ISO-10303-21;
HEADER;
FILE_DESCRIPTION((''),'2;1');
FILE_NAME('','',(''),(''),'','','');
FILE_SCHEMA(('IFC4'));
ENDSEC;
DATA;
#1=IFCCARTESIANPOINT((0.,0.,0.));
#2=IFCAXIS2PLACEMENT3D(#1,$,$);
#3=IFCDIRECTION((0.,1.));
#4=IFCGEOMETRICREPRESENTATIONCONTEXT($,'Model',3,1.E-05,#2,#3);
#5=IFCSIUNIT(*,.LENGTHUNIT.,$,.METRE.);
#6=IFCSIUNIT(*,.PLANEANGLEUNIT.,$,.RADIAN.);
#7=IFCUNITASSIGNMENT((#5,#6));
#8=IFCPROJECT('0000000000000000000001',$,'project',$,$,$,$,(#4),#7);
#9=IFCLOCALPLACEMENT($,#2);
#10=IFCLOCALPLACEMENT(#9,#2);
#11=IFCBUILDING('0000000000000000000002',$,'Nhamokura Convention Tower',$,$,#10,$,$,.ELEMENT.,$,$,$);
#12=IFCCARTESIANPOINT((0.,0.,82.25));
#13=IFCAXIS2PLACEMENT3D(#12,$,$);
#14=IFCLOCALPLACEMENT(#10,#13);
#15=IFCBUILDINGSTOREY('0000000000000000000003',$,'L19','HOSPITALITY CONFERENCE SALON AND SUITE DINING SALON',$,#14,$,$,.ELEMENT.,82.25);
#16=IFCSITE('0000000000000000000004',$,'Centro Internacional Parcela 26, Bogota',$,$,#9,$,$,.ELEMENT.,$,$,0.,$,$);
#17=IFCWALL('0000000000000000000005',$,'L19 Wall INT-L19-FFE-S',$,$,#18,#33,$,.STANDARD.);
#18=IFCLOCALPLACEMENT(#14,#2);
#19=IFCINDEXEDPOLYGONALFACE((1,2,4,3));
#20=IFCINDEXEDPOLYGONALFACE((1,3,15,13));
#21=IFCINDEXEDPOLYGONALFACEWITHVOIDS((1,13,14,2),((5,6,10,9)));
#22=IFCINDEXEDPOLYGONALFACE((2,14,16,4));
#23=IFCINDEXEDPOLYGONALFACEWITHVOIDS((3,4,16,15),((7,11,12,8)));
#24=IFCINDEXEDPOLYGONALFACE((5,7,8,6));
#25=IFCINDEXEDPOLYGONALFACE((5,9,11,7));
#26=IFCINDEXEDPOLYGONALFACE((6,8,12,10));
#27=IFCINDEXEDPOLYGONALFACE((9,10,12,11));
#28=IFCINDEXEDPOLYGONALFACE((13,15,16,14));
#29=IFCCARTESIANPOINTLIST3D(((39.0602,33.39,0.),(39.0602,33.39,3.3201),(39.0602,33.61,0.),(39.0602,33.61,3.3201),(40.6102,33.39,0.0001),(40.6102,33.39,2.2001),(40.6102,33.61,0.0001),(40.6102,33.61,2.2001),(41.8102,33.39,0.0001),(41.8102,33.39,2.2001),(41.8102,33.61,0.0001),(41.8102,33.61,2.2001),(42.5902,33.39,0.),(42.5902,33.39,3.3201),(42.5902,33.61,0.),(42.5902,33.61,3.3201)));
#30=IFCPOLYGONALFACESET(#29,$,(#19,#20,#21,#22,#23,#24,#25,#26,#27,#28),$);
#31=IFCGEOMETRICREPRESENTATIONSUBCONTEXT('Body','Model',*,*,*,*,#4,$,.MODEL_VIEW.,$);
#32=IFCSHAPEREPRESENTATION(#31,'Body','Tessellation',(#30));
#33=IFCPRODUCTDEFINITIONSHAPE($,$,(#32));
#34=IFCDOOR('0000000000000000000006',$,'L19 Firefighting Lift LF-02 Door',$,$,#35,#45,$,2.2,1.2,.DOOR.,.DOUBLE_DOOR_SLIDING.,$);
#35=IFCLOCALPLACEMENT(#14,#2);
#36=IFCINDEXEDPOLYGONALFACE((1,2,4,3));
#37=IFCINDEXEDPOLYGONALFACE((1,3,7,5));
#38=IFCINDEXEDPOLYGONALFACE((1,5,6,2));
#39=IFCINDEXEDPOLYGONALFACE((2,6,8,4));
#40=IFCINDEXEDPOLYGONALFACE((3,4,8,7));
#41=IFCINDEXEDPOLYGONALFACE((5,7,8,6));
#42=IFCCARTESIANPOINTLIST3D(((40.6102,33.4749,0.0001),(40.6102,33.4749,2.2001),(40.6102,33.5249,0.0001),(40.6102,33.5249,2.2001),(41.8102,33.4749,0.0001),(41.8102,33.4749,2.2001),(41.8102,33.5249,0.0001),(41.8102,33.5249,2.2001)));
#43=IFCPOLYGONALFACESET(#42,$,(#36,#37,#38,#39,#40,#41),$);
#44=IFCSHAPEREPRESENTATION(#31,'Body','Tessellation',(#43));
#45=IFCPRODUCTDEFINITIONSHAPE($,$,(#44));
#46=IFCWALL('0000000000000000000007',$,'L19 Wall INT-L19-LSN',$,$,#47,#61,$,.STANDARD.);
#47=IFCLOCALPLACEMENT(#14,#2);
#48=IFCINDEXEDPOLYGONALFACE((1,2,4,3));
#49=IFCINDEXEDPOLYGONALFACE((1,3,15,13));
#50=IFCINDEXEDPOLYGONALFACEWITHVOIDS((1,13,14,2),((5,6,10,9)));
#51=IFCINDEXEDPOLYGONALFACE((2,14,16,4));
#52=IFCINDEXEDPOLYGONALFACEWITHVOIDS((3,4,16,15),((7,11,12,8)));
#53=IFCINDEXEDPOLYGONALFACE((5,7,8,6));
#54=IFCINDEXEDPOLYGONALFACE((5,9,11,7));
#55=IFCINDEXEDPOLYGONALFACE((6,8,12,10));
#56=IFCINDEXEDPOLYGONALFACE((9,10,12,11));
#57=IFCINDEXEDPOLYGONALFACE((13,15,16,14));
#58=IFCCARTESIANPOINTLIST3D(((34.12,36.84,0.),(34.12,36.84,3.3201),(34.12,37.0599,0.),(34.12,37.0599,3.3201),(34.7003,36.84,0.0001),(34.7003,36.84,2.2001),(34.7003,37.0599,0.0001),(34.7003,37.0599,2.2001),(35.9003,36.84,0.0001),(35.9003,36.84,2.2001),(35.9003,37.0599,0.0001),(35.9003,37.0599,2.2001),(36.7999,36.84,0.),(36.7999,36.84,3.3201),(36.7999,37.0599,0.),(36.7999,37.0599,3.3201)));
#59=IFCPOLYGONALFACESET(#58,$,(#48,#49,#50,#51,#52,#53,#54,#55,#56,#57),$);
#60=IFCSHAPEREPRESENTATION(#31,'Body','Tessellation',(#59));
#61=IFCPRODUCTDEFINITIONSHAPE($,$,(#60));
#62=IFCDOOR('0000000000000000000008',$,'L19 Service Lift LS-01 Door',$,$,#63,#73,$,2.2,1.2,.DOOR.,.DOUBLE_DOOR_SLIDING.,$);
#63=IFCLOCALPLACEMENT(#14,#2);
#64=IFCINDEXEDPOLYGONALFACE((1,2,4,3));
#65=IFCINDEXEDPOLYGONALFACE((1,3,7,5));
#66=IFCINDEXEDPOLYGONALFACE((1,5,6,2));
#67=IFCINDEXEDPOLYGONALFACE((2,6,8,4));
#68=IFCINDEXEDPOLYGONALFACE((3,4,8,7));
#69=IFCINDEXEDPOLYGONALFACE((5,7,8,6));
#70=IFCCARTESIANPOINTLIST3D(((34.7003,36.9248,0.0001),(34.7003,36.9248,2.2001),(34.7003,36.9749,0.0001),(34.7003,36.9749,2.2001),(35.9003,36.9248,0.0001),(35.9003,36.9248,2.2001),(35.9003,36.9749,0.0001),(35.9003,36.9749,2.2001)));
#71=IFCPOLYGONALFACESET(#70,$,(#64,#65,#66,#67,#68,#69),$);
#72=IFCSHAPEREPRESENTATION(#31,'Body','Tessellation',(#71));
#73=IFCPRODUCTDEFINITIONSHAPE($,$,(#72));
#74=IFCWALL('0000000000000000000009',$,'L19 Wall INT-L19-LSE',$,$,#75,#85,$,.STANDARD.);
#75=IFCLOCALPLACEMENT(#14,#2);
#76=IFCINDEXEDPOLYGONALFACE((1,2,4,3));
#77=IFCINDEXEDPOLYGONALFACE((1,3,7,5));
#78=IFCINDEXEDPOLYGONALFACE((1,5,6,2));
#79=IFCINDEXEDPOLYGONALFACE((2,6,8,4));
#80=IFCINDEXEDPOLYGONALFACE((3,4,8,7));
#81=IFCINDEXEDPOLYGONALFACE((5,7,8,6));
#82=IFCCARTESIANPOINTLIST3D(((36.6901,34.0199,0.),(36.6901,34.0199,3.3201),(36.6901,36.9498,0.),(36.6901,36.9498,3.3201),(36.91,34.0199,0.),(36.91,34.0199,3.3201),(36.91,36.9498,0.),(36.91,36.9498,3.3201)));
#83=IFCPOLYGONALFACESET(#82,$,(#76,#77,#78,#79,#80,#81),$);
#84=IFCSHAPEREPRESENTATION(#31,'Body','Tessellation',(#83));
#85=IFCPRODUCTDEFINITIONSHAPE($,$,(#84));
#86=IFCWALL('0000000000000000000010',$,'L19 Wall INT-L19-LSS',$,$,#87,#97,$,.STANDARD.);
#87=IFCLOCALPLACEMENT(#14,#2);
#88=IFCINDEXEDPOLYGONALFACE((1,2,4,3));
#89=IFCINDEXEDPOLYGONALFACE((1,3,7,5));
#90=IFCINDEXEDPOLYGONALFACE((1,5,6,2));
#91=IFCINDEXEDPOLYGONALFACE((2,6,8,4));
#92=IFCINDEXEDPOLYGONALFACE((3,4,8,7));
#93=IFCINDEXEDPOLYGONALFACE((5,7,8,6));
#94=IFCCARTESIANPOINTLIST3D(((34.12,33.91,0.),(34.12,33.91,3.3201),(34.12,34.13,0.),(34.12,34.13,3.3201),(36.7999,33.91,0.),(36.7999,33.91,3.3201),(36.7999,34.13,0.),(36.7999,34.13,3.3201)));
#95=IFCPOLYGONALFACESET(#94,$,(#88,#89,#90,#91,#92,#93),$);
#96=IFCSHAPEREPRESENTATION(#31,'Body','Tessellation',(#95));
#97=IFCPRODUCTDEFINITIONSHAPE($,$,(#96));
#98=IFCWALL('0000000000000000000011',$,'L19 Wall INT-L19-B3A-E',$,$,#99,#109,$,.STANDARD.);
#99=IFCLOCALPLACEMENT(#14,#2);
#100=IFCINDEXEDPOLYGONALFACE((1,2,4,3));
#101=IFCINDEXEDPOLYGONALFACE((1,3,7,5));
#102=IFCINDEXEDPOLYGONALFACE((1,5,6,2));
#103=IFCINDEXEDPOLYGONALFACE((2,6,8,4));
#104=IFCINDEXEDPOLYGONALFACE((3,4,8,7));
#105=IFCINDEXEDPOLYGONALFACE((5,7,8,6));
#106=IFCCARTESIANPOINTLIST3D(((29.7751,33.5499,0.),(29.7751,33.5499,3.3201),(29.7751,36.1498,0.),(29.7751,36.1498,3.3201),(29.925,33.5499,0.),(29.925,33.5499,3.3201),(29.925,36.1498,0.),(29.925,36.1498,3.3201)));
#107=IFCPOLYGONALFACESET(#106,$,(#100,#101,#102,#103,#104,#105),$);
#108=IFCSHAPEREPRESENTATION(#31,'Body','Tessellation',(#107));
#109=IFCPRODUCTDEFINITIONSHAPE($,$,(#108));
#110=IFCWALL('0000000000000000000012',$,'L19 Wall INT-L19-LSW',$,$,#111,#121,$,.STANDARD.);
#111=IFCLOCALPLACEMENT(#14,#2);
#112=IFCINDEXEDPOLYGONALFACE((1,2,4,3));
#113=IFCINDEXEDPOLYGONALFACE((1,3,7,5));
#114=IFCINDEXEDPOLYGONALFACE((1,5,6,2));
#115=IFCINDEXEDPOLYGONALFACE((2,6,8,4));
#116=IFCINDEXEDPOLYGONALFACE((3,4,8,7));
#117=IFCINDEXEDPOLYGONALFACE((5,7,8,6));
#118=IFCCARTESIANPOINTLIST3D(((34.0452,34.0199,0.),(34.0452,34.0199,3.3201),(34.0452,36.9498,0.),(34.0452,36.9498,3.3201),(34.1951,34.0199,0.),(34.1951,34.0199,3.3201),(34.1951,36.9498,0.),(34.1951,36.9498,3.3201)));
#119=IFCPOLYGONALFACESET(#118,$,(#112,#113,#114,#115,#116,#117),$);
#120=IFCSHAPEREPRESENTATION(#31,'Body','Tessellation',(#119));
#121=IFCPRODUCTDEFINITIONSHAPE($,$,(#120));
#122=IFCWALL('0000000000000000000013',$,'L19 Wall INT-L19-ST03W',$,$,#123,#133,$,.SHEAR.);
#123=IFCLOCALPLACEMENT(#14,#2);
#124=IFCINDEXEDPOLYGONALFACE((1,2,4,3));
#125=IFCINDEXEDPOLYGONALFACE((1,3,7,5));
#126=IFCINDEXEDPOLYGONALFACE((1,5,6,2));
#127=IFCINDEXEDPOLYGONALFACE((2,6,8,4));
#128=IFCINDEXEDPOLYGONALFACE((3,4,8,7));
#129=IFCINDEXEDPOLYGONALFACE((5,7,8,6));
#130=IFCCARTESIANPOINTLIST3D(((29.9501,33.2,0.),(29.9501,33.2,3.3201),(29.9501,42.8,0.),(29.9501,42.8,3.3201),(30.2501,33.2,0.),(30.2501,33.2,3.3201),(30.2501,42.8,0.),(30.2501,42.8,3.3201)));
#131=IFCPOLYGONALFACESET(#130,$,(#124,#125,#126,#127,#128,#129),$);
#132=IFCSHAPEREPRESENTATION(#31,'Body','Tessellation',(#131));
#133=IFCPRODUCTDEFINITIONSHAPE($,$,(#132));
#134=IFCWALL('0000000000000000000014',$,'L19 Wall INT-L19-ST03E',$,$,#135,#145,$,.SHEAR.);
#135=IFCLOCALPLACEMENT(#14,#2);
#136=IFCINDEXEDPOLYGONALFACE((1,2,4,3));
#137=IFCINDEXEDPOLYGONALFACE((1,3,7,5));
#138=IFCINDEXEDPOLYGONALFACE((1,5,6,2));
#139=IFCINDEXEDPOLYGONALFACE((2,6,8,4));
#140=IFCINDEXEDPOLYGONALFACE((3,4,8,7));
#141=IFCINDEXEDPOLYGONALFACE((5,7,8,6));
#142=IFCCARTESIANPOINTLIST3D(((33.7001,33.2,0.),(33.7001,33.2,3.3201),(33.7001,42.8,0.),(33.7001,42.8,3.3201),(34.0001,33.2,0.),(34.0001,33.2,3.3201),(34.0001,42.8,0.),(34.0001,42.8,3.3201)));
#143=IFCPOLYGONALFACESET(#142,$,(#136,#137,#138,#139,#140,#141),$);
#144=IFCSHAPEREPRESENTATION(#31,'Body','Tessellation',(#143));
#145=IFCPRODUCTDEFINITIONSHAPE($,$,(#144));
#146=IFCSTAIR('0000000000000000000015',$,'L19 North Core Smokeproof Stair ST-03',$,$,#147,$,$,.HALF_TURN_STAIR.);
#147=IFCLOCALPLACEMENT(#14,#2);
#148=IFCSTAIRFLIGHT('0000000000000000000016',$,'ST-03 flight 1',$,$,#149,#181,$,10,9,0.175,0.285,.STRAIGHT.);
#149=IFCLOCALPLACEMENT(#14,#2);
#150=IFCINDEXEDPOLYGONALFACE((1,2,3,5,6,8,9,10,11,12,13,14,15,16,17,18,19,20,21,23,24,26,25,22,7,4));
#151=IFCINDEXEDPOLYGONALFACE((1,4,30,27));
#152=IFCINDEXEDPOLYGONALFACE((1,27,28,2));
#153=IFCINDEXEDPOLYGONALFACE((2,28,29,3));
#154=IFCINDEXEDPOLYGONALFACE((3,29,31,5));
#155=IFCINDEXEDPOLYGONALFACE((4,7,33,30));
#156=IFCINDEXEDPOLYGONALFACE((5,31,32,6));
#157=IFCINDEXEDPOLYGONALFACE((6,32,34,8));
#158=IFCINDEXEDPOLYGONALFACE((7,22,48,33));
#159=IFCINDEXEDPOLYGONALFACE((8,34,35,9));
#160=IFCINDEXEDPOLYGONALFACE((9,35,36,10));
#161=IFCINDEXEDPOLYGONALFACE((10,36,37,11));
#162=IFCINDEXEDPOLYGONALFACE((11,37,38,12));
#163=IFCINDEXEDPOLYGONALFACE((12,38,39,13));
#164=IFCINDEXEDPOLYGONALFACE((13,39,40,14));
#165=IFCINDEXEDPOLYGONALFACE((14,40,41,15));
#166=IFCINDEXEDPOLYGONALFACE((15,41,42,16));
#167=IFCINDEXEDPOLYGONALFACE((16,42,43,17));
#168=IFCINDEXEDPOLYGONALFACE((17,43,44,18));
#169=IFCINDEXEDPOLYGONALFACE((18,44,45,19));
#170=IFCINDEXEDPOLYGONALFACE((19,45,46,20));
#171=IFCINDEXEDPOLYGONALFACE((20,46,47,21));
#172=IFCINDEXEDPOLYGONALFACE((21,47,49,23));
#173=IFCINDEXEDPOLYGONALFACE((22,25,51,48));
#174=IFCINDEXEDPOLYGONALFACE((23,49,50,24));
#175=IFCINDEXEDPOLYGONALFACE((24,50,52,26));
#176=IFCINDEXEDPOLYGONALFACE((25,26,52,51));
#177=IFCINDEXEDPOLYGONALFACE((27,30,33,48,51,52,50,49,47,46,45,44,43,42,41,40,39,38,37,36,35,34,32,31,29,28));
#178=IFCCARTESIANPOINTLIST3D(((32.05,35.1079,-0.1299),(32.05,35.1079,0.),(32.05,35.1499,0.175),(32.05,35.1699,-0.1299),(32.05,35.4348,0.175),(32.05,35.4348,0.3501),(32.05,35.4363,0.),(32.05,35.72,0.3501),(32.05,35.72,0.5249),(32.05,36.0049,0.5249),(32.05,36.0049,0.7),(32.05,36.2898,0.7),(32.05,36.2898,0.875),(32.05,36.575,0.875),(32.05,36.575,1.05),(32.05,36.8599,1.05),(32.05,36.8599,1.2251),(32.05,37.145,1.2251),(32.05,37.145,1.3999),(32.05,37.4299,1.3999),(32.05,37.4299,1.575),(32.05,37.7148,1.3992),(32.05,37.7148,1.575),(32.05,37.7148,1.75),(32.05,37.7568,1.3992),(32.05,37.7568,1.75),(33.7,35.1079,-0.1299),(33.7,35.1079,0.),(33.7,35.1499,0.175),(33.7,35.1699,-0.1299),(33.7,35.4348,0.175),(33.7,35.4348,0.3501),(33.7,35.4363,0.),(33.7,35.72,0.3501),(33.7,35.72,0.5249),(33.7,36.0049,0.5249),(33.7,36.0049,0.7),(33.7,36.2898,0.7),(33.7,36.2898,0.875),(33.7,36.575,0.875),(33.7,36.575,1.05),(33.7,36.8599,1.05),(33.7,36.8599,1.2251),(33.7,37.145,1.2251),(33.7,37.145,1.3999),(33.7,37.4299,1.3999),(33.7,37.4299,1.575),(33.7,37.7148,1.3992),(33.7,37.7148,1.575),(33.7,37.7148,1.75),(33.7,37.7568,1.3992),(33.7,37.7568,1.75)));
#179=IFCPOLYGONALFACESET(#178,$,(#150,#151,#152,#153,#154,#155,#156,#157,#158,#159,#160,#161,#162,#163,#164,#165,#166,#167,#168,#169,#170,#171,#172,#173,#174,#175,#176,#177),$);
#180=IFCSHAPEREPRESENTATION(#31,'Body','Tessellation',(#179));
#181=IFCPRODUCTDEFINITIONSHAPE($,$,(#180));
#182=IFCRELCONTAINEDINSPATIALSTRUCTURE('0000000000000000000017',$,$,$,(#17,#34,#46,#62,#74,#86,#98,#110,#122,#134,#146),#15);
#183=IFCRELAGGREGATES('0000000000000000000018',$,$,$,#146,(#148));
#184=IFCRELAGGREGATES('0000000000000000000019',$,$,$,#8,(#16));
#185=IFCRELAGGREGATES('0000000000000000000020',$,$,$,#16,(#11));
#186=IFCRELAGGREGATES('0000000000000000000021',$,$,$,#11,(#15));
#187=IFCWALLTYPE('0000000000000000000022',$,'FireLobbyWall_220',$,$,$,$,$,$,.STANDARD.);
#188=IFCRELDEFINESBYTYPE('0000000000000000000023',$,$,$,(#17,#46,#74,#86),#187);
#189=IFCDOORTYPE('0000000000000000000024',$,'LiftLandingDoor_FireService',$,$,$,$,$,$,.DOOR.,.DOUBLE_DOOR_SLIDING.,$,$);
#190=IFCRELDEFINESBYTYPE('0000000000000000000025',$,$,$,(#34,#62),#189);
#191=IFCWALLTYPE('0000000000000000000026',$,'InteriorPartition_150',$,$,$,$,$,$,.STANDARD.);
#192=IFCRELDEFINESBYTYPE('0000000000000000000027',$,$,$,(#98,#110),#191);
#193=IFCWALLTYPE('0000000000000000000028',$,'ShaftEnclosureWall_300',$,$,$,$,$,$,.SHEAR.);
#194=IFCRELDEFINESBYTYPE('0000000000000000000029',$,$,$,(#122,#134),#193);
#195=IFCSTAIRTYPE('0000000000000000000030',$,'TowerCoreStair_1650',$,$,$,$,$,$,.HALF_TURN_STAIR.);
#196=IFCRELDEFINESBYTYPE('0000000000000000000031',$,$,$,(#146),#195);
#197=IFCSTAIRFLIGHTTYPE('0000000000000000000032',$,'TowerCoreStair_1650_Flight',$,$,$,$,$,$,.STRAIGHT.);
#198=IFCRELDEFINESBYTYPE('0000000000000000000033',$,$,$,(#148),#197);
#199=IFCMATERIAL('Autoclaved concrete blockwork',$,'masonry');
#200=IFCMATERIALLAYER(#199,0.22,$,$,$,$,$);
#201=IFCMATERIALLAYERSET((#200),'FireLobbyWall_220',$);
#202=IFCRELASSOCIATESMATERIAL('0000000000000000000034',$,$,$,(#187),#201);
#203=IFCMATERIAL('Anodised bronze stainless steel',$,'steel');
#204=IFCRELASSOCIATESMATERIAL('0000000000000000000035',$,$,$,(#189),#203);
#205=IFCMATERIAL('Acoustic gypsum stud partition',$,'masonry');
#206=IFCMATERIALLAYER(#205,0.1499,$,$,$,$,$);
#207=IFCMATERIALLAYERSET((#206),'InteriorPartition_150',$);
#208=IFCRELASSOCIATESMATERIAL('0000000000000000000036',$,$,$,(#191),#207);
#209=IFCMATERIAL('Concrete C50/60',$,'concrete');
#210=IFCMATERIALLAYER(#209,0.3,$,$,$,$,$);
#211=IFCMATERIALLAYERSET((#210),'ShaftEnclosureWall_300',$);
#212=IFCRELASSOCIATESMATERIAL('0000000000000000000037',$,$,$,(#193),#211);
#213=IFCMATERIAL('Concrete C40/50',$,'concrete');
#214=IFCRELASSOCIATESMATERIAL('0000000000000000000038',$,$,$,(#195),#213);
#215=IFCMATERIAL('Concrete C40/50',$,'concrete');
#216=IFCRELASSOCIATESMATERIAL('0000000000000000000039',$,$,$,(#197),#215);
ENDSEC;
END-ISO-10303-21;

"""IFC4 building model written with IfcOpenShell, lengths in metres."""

from ifc_helpers import new_model, si_unit, direction, frame, frame_2d, origin, place, context, subcontext, project, spatial, polyline, rectangle, outline, extrude, material, layer, layer_set, type_object, element, fill, aggregate, save


model = new_model("IFC4")

# Units and contexts
model_context = context("Model", 3, precision=1e-05, world=origin(), true_north=direction((0.0, 1.0)))
body_context = subcontext(model_context, "Body", "Model", "MODEL_VIEW")
ifc_project = project(units=[si_unit("LENGTHUNIT", "METRE"), si_unit("PLANEANGLEUNIT", "RADIAN")], contexts=[model_context])

# Site, building, storey
site_placement = place(None, origin())
site = spatial("IfcSite", under=ifc_project, at=site_placement, Name="Centro Internacional Parcela 26, Bogota", CompositionType="ELEMENT", RefElevation=0.0)
building_placement = place(site_placement, origin())
building = spatial("IfcBuilding", under=site, at=building_placement, Name="Nhamokura Convention Tower", CompositionType="ELEMENT")
storey_placement = place(building_placement, frame((0.0, 0.0, 82.25)))
storey = spatial("IfcBuildingStorey", under=building, at=storey_placement, Name="L19", Description="HOSPITALITY CONFERENCE SALON AND SUITE DINING SALON", CompositionType="ELEMENT", Elevation=82.25)

# Walls, openings, doors
ifc_material_1 = material(Name="Autoclaved concrete blockwork", Category="masonry")
ifc_layer_1 = layer(ifc_material_1, 0.22)
ifc_layer_set_1 = layer_set([ifc_layer_1], Name="FireLobbyWall_220")
wall_type_1 = type_object("IfcWallType", Name="FireLobbyWall_220", PredefinedType="STANDARD", material=ifc_layer_set_1)
wall_1_placement = place(storey_placement, frame((39.0601, 33.5, 0.0), z_axis=(0.0, 0.0, 1.0), x_axis=(1.0, 0.0, 0.0)))
wall_1 = element("IfcWall", 1, at=wall_1_placement, inside=storey, type_object=wall_type_1, Name="L19 Wall INT-L19-FFE-S", PredefinedType="STANDARD", context=body_context, shape_type="SweptSolid", body=[
    extrude(rectangle(XDim=3.53, YDim=0.22, at=frame_2d((1.7651, 0.0))), origin(), (0.0, 0.0, 1.0), 3.3201),
])
opening_1_placement = place(wall_1_placement, frame((1.55, 0.0, 0.0)))
opening_1 = element("IfcOpeningElement", 2, at=opening_1_placement, cuts=wall_1, PredefinedType="OPENING", context=body_context, shape_type="SweptSolid", body=[
    extrude(rectangle(XDim=1.2, YDim=2.2, at=frame_2d((0.6001, 1.1001))), frame((0.0, 0.1199, 0.0), z_axis=(0.0, -1.0, 0.0), x_axis=(1.0, 0.0, 0.0)), (0.0, 0.0, 1.0), 0.24),
])
ifc_material_2 = material(Name="Anodised bronze stainless steel", Category="steel")
door_type_1 = type_object("IfcDoorType", Name="LiftLandingDoor_FireService", OperationType="DOUBLE_DOOR_SLIDING", PredefinedType="DOOR", material=ifc_material_2)
door_1_placement = place(opening_1_placement, origin())
door_1 = element("IfcDoor", 3, at=door_1_placement, inside=storey, type_object=door_type_1, Name="L19 Firefighting Lift LF-02 Door", OperationType="DOUBLE_DOOR_SLIDING", OverallHeight=2.2, OverallWidth=1.2, PredefinedType="DOOR", context=body_context, shape_type="SweptSolid", body=[
    extrude(rectangle(XDim=1.2, YDim=2.2, at=frame_2d((0.6001, 1.1001))), frame((0.0, 0.0249, 0.0), z_axis=(0.0, -1.0, 0.0), x_axis=(1.0, 0.0, 0.0)), (0.0, 0.0, 1.0), 0.05),
])
fill(opening_1, door_1)
wall_2_placement = place(storey_placement, frame((34.1201, 36.95, 0.0), z_axis=(0.0, 0.0, 1.0), x_axis=(1.0, 0.0, 0.0)))
wall_2 = element("IfcWall", 4, at=wall_2_placement, inside=storey, type_object=wall_type_1, Name="L19 Wall INT-L19-LSN", PredefinedType="STANDARD", context=body_context, shape_type="SweptSolid", body=[
    extrude(rectangle(XDim=2.6799, YDim=0.22, at=frame_2d((1.3398, 0.0))), origin(), (0.0, 0.0, 1.0), 3.3201),
])
opening_2_placement = place(wall_2_placement, frame((0.5801, 0.0, 0.0)))
opening_2 = element("IfcOpeningElement", 5, at=opening_2_placement, cuts=wall_2, PredefinedType="OPENING", context=body_context, shape_type="SweptSolid", body=[
    extrude(rectangle(XDim=1.2, YDim=2.2, at=frame_2d((0.6001, 1.1001))), frame((0.0, 0.1199, 0.0), z_axis=(0.0, -1.0, 0.0), x_axis=(1.0, 0.0, 0.0)), (0.0, 0.0, 1.0), 0.24),
])
door_2_placement = place(opening_2_placement, origin())
door_2 = element("IfcDoor", 6, at=door_2_placement, inside=storey, type_object=door_type_1, Name="L19 Service Lift LS-01 Door", OperationType="DOUBLE_DOOR_SLIDING", OverallHeight=2.2, OverallWidth=1.2, PredefinedType="DOOR", context=body_context, shape_type="SweptSolid", body=[
    extrude(rectangle(XDim=1.2, YDim=2.2, at=frame_2d((0.6001, 1.1001))), frame((0.0, 0.0249, 0.0), z_axis=(0.0, -1.0, 0.0), x_axis=(1.0, 0.0, 0.0)), (0.0, 0.0, 1.0), 0.05),
])
fill(opening_2, door_2)

# Walls
wall_3_placement = place(storey_placement, frame((36.8, 34.02, 0.0), z_axis=(0.0, 0.0, 1.0), x_axis=(0.0, 1.0, 0.0)))
element("IfcWall", 7, at=wall_3_placement, inside=storey, type_object=wall_type_1, Name="L19 Wall INT-L19-LSE", PredefinedType="STANDARD", context=body_context, shape_type="SweptSolid", body=[
    extrude(rectangle(XDim=2.9299, YDim=0.22, at=frame_2d((1.4648, 0.0))), origin(), (0.0, 0.0, 1.0), 3.3201),
])
wall_4_placement = place(storey_placement, frame((34.1201, 34.02, 0.0), z_axis=(0.0, 0.0, 1.0), x_axis=(1.0, 0.0, 0.0)))
element("IfcWall", 8, at=wall_4_placement, inside=storey, type_object=wall_type_1, Name="L19 Wall INT-L19-LSS", PredefinedType="STANDARD", context=body_context, shape_type="SweptSolid", body=[
    extrude(rectangle(XDim=2.6799, YDim=0.22, at=frame_2d((1.3398, 0.0))), origin(), (0.0, 0.0, 1.0), 3.3201),
])
ifc_material_3 = material(Name="Acoustic gypsum stud partition", Category="masonry")
ifc_layer_2 = layer(ifc_material_3, 0.1499)
ifc_layer_set_2 = layer_set([ifc_layer_2], Name="InteriorPartition_150")
wall_type_2 = type_object("IfcWallType", Name="InteriorPartition_150", PredefinedType="STANDARD", material=ifc_layer_set_2)
wall_5_placement = place(storey_placement, frame((29.8501, 33.55, 0.0), z_axis=(0.0, 0.0, 1.0), x_axis=(0.0, 1.0, 0.0)))
element("IfcWall", 9, at=wall_5_placement, inside=storey, type_object=wall_type_2, Name="L19 Wall INT-L19-B3A-E", PredefinedType="STANDARD", context=body_context, shape_type="SweptSolid", body=[
    extrude(rectangle(XDim=2.5999, YDim=0.1499, at=frame_2d((1.2998, 0.0))), origin(), (0.0, 0.0, 1.0), 3.3201),
])
wall_6_placement = place(storey_placement, frame((34.1201, 34.02, 0.0), z_axis=(0.0, 0.0, 1.0), x_axis=(0.0, 1.0, 0.0)))
element("IfcWall", 10, at=wall_6_placement, inside=storey, type_object=wall_type_2, Name="L19 Wall INT-L19-LSW", PredefinedType="STANDARD", context=body_context, shape_type="SweptSolid", body=[
    extrude(rectangle(XDim=2.9299, YDim=0.1499, at=frame_2d((1.4648, 0.0))), origin(), (0.0, 0.0, 1.0), 3.3201),
])
ifc_material_4 = material(Name="Concrete C50/60", Category="concrete")
ifc_layer_3 = layer(ifc_material_4, 0.3)
ifc_layer_set_3 = layer_set([ifc_layer_3], Name="ShaftEnclosureWall_300")
wall_type_3 = type_object("IfcWallType", Name="ShaftEnclosureWall_300", PredefinedType="SHEAR", material=ifc_layer_set_3)
for number, where, z_axis, x_axis, name in (
    (11, (30.1001, 33.2, 0.0), (0.0, 0.0, 1.0), (0.0, 1.0, 0.0), "L19 Wall INT-L19-ST03W"),
    (12, (33.8501, 33.2, 0.0), (0.0, 0.0, 1.0), (0.0, 1.0, 0.0), "L19 Wall INT-L19-ST03E"),
):
    element("IfcWall", number, at=place(storey_placement, frame(where, z_axis=z_axis, x_axis=x_axis)), inside=storey, type_object=wall_type_3, Name=name, PredefinedType="SHEAR", context=body_context, shape_type="SweptSolid", body=[
        extrude(rectangle(XDim=9.6001, YDim=0.3, at=frame_2d((4.8, 0.0))), origin(), (0.0, 0.0, 1.0), 3.3201),
    ])

# Stair, stair flight
ifc_material_5 = material(Name="Concrete C40/50", Category="concrete")
stair_type = type_object("IfcStairType", Name="TowerCoreStair_1650", PredefinedType="HALF_TURN_STAIR", material=ifc_material_5)
stair_placement = place(storey_placement, origin())
stair = element("IfcStair", 13, at=stair_placement, inside=storey, type_object=stair_type, Name="L19 North Core Smokeproof Stair ST-03", PredefinedType="HALF_TURN_STAIR")
ifc_material_6 = material(Name="Concrete C40/50", Category="concrete")
stair_flight_type = type_object("IfcStairFlightType", Name="TowerCoreStair_1650_Flight", PredefinedType="STRAIGHT", material=ifc_material_6)
stair_flight_1_placement = place(storey_placement, frame((32.875, 35.1499, 0.0), z_axis=(0.0, 0.0, 1.0), x_axis=(0.0, 1.0, 0.0)))
stair_flight_1 = element("IfcStairFlight", 14, at=stair_flight_1_placement, type_object=stair_flight_type, Name="ST-03 flight 1", NumberOfRisers=10, NumberOfTreads=9, PredefinedType="STRAIGHT", RiserHeight=0.175, TreadLength=0.285, context=body_context, shape_type="SweptSolid", body=[
    extrude(outline(polyline([(-0.042, 0.0), (0.0, 0.175), (0.2849, 0.175), (0.2849, 0.3501), (0.5701, 0.3501), (0.5701, 0.5249), (0.855, 0.5249), (0.855, 0.7), (1.1399, 0.7), (1.1399, 0.875), (1.425, 0.875), (1.425, 1.05), (1.71, 1.05), (1.71, 1.2251), (1.9951, 1.2251), (1.9951, 1.3999), (2.28, 1.3999), (2.28, 1.575), (2.5649, 1.575), (2.5649, 1.75), (2.6069, 1.75), (2.6069, 1.3992), (2.5649, 1.3992), (0.2864, 0.0), (0.02, -0.1299), (-0.042, -0.1299), (-0.042, 0.0)])), frame((0.0, 0.825, 0.0), z_axis=(0.0, -1.0, 0.0), x_axis=(1.0, 0.0, 0.0)), (0.0, 0.0, 1.0), 1.6499),
])
aggregate(stair, [stair_flight_1])

save(model, "model.ifc")
